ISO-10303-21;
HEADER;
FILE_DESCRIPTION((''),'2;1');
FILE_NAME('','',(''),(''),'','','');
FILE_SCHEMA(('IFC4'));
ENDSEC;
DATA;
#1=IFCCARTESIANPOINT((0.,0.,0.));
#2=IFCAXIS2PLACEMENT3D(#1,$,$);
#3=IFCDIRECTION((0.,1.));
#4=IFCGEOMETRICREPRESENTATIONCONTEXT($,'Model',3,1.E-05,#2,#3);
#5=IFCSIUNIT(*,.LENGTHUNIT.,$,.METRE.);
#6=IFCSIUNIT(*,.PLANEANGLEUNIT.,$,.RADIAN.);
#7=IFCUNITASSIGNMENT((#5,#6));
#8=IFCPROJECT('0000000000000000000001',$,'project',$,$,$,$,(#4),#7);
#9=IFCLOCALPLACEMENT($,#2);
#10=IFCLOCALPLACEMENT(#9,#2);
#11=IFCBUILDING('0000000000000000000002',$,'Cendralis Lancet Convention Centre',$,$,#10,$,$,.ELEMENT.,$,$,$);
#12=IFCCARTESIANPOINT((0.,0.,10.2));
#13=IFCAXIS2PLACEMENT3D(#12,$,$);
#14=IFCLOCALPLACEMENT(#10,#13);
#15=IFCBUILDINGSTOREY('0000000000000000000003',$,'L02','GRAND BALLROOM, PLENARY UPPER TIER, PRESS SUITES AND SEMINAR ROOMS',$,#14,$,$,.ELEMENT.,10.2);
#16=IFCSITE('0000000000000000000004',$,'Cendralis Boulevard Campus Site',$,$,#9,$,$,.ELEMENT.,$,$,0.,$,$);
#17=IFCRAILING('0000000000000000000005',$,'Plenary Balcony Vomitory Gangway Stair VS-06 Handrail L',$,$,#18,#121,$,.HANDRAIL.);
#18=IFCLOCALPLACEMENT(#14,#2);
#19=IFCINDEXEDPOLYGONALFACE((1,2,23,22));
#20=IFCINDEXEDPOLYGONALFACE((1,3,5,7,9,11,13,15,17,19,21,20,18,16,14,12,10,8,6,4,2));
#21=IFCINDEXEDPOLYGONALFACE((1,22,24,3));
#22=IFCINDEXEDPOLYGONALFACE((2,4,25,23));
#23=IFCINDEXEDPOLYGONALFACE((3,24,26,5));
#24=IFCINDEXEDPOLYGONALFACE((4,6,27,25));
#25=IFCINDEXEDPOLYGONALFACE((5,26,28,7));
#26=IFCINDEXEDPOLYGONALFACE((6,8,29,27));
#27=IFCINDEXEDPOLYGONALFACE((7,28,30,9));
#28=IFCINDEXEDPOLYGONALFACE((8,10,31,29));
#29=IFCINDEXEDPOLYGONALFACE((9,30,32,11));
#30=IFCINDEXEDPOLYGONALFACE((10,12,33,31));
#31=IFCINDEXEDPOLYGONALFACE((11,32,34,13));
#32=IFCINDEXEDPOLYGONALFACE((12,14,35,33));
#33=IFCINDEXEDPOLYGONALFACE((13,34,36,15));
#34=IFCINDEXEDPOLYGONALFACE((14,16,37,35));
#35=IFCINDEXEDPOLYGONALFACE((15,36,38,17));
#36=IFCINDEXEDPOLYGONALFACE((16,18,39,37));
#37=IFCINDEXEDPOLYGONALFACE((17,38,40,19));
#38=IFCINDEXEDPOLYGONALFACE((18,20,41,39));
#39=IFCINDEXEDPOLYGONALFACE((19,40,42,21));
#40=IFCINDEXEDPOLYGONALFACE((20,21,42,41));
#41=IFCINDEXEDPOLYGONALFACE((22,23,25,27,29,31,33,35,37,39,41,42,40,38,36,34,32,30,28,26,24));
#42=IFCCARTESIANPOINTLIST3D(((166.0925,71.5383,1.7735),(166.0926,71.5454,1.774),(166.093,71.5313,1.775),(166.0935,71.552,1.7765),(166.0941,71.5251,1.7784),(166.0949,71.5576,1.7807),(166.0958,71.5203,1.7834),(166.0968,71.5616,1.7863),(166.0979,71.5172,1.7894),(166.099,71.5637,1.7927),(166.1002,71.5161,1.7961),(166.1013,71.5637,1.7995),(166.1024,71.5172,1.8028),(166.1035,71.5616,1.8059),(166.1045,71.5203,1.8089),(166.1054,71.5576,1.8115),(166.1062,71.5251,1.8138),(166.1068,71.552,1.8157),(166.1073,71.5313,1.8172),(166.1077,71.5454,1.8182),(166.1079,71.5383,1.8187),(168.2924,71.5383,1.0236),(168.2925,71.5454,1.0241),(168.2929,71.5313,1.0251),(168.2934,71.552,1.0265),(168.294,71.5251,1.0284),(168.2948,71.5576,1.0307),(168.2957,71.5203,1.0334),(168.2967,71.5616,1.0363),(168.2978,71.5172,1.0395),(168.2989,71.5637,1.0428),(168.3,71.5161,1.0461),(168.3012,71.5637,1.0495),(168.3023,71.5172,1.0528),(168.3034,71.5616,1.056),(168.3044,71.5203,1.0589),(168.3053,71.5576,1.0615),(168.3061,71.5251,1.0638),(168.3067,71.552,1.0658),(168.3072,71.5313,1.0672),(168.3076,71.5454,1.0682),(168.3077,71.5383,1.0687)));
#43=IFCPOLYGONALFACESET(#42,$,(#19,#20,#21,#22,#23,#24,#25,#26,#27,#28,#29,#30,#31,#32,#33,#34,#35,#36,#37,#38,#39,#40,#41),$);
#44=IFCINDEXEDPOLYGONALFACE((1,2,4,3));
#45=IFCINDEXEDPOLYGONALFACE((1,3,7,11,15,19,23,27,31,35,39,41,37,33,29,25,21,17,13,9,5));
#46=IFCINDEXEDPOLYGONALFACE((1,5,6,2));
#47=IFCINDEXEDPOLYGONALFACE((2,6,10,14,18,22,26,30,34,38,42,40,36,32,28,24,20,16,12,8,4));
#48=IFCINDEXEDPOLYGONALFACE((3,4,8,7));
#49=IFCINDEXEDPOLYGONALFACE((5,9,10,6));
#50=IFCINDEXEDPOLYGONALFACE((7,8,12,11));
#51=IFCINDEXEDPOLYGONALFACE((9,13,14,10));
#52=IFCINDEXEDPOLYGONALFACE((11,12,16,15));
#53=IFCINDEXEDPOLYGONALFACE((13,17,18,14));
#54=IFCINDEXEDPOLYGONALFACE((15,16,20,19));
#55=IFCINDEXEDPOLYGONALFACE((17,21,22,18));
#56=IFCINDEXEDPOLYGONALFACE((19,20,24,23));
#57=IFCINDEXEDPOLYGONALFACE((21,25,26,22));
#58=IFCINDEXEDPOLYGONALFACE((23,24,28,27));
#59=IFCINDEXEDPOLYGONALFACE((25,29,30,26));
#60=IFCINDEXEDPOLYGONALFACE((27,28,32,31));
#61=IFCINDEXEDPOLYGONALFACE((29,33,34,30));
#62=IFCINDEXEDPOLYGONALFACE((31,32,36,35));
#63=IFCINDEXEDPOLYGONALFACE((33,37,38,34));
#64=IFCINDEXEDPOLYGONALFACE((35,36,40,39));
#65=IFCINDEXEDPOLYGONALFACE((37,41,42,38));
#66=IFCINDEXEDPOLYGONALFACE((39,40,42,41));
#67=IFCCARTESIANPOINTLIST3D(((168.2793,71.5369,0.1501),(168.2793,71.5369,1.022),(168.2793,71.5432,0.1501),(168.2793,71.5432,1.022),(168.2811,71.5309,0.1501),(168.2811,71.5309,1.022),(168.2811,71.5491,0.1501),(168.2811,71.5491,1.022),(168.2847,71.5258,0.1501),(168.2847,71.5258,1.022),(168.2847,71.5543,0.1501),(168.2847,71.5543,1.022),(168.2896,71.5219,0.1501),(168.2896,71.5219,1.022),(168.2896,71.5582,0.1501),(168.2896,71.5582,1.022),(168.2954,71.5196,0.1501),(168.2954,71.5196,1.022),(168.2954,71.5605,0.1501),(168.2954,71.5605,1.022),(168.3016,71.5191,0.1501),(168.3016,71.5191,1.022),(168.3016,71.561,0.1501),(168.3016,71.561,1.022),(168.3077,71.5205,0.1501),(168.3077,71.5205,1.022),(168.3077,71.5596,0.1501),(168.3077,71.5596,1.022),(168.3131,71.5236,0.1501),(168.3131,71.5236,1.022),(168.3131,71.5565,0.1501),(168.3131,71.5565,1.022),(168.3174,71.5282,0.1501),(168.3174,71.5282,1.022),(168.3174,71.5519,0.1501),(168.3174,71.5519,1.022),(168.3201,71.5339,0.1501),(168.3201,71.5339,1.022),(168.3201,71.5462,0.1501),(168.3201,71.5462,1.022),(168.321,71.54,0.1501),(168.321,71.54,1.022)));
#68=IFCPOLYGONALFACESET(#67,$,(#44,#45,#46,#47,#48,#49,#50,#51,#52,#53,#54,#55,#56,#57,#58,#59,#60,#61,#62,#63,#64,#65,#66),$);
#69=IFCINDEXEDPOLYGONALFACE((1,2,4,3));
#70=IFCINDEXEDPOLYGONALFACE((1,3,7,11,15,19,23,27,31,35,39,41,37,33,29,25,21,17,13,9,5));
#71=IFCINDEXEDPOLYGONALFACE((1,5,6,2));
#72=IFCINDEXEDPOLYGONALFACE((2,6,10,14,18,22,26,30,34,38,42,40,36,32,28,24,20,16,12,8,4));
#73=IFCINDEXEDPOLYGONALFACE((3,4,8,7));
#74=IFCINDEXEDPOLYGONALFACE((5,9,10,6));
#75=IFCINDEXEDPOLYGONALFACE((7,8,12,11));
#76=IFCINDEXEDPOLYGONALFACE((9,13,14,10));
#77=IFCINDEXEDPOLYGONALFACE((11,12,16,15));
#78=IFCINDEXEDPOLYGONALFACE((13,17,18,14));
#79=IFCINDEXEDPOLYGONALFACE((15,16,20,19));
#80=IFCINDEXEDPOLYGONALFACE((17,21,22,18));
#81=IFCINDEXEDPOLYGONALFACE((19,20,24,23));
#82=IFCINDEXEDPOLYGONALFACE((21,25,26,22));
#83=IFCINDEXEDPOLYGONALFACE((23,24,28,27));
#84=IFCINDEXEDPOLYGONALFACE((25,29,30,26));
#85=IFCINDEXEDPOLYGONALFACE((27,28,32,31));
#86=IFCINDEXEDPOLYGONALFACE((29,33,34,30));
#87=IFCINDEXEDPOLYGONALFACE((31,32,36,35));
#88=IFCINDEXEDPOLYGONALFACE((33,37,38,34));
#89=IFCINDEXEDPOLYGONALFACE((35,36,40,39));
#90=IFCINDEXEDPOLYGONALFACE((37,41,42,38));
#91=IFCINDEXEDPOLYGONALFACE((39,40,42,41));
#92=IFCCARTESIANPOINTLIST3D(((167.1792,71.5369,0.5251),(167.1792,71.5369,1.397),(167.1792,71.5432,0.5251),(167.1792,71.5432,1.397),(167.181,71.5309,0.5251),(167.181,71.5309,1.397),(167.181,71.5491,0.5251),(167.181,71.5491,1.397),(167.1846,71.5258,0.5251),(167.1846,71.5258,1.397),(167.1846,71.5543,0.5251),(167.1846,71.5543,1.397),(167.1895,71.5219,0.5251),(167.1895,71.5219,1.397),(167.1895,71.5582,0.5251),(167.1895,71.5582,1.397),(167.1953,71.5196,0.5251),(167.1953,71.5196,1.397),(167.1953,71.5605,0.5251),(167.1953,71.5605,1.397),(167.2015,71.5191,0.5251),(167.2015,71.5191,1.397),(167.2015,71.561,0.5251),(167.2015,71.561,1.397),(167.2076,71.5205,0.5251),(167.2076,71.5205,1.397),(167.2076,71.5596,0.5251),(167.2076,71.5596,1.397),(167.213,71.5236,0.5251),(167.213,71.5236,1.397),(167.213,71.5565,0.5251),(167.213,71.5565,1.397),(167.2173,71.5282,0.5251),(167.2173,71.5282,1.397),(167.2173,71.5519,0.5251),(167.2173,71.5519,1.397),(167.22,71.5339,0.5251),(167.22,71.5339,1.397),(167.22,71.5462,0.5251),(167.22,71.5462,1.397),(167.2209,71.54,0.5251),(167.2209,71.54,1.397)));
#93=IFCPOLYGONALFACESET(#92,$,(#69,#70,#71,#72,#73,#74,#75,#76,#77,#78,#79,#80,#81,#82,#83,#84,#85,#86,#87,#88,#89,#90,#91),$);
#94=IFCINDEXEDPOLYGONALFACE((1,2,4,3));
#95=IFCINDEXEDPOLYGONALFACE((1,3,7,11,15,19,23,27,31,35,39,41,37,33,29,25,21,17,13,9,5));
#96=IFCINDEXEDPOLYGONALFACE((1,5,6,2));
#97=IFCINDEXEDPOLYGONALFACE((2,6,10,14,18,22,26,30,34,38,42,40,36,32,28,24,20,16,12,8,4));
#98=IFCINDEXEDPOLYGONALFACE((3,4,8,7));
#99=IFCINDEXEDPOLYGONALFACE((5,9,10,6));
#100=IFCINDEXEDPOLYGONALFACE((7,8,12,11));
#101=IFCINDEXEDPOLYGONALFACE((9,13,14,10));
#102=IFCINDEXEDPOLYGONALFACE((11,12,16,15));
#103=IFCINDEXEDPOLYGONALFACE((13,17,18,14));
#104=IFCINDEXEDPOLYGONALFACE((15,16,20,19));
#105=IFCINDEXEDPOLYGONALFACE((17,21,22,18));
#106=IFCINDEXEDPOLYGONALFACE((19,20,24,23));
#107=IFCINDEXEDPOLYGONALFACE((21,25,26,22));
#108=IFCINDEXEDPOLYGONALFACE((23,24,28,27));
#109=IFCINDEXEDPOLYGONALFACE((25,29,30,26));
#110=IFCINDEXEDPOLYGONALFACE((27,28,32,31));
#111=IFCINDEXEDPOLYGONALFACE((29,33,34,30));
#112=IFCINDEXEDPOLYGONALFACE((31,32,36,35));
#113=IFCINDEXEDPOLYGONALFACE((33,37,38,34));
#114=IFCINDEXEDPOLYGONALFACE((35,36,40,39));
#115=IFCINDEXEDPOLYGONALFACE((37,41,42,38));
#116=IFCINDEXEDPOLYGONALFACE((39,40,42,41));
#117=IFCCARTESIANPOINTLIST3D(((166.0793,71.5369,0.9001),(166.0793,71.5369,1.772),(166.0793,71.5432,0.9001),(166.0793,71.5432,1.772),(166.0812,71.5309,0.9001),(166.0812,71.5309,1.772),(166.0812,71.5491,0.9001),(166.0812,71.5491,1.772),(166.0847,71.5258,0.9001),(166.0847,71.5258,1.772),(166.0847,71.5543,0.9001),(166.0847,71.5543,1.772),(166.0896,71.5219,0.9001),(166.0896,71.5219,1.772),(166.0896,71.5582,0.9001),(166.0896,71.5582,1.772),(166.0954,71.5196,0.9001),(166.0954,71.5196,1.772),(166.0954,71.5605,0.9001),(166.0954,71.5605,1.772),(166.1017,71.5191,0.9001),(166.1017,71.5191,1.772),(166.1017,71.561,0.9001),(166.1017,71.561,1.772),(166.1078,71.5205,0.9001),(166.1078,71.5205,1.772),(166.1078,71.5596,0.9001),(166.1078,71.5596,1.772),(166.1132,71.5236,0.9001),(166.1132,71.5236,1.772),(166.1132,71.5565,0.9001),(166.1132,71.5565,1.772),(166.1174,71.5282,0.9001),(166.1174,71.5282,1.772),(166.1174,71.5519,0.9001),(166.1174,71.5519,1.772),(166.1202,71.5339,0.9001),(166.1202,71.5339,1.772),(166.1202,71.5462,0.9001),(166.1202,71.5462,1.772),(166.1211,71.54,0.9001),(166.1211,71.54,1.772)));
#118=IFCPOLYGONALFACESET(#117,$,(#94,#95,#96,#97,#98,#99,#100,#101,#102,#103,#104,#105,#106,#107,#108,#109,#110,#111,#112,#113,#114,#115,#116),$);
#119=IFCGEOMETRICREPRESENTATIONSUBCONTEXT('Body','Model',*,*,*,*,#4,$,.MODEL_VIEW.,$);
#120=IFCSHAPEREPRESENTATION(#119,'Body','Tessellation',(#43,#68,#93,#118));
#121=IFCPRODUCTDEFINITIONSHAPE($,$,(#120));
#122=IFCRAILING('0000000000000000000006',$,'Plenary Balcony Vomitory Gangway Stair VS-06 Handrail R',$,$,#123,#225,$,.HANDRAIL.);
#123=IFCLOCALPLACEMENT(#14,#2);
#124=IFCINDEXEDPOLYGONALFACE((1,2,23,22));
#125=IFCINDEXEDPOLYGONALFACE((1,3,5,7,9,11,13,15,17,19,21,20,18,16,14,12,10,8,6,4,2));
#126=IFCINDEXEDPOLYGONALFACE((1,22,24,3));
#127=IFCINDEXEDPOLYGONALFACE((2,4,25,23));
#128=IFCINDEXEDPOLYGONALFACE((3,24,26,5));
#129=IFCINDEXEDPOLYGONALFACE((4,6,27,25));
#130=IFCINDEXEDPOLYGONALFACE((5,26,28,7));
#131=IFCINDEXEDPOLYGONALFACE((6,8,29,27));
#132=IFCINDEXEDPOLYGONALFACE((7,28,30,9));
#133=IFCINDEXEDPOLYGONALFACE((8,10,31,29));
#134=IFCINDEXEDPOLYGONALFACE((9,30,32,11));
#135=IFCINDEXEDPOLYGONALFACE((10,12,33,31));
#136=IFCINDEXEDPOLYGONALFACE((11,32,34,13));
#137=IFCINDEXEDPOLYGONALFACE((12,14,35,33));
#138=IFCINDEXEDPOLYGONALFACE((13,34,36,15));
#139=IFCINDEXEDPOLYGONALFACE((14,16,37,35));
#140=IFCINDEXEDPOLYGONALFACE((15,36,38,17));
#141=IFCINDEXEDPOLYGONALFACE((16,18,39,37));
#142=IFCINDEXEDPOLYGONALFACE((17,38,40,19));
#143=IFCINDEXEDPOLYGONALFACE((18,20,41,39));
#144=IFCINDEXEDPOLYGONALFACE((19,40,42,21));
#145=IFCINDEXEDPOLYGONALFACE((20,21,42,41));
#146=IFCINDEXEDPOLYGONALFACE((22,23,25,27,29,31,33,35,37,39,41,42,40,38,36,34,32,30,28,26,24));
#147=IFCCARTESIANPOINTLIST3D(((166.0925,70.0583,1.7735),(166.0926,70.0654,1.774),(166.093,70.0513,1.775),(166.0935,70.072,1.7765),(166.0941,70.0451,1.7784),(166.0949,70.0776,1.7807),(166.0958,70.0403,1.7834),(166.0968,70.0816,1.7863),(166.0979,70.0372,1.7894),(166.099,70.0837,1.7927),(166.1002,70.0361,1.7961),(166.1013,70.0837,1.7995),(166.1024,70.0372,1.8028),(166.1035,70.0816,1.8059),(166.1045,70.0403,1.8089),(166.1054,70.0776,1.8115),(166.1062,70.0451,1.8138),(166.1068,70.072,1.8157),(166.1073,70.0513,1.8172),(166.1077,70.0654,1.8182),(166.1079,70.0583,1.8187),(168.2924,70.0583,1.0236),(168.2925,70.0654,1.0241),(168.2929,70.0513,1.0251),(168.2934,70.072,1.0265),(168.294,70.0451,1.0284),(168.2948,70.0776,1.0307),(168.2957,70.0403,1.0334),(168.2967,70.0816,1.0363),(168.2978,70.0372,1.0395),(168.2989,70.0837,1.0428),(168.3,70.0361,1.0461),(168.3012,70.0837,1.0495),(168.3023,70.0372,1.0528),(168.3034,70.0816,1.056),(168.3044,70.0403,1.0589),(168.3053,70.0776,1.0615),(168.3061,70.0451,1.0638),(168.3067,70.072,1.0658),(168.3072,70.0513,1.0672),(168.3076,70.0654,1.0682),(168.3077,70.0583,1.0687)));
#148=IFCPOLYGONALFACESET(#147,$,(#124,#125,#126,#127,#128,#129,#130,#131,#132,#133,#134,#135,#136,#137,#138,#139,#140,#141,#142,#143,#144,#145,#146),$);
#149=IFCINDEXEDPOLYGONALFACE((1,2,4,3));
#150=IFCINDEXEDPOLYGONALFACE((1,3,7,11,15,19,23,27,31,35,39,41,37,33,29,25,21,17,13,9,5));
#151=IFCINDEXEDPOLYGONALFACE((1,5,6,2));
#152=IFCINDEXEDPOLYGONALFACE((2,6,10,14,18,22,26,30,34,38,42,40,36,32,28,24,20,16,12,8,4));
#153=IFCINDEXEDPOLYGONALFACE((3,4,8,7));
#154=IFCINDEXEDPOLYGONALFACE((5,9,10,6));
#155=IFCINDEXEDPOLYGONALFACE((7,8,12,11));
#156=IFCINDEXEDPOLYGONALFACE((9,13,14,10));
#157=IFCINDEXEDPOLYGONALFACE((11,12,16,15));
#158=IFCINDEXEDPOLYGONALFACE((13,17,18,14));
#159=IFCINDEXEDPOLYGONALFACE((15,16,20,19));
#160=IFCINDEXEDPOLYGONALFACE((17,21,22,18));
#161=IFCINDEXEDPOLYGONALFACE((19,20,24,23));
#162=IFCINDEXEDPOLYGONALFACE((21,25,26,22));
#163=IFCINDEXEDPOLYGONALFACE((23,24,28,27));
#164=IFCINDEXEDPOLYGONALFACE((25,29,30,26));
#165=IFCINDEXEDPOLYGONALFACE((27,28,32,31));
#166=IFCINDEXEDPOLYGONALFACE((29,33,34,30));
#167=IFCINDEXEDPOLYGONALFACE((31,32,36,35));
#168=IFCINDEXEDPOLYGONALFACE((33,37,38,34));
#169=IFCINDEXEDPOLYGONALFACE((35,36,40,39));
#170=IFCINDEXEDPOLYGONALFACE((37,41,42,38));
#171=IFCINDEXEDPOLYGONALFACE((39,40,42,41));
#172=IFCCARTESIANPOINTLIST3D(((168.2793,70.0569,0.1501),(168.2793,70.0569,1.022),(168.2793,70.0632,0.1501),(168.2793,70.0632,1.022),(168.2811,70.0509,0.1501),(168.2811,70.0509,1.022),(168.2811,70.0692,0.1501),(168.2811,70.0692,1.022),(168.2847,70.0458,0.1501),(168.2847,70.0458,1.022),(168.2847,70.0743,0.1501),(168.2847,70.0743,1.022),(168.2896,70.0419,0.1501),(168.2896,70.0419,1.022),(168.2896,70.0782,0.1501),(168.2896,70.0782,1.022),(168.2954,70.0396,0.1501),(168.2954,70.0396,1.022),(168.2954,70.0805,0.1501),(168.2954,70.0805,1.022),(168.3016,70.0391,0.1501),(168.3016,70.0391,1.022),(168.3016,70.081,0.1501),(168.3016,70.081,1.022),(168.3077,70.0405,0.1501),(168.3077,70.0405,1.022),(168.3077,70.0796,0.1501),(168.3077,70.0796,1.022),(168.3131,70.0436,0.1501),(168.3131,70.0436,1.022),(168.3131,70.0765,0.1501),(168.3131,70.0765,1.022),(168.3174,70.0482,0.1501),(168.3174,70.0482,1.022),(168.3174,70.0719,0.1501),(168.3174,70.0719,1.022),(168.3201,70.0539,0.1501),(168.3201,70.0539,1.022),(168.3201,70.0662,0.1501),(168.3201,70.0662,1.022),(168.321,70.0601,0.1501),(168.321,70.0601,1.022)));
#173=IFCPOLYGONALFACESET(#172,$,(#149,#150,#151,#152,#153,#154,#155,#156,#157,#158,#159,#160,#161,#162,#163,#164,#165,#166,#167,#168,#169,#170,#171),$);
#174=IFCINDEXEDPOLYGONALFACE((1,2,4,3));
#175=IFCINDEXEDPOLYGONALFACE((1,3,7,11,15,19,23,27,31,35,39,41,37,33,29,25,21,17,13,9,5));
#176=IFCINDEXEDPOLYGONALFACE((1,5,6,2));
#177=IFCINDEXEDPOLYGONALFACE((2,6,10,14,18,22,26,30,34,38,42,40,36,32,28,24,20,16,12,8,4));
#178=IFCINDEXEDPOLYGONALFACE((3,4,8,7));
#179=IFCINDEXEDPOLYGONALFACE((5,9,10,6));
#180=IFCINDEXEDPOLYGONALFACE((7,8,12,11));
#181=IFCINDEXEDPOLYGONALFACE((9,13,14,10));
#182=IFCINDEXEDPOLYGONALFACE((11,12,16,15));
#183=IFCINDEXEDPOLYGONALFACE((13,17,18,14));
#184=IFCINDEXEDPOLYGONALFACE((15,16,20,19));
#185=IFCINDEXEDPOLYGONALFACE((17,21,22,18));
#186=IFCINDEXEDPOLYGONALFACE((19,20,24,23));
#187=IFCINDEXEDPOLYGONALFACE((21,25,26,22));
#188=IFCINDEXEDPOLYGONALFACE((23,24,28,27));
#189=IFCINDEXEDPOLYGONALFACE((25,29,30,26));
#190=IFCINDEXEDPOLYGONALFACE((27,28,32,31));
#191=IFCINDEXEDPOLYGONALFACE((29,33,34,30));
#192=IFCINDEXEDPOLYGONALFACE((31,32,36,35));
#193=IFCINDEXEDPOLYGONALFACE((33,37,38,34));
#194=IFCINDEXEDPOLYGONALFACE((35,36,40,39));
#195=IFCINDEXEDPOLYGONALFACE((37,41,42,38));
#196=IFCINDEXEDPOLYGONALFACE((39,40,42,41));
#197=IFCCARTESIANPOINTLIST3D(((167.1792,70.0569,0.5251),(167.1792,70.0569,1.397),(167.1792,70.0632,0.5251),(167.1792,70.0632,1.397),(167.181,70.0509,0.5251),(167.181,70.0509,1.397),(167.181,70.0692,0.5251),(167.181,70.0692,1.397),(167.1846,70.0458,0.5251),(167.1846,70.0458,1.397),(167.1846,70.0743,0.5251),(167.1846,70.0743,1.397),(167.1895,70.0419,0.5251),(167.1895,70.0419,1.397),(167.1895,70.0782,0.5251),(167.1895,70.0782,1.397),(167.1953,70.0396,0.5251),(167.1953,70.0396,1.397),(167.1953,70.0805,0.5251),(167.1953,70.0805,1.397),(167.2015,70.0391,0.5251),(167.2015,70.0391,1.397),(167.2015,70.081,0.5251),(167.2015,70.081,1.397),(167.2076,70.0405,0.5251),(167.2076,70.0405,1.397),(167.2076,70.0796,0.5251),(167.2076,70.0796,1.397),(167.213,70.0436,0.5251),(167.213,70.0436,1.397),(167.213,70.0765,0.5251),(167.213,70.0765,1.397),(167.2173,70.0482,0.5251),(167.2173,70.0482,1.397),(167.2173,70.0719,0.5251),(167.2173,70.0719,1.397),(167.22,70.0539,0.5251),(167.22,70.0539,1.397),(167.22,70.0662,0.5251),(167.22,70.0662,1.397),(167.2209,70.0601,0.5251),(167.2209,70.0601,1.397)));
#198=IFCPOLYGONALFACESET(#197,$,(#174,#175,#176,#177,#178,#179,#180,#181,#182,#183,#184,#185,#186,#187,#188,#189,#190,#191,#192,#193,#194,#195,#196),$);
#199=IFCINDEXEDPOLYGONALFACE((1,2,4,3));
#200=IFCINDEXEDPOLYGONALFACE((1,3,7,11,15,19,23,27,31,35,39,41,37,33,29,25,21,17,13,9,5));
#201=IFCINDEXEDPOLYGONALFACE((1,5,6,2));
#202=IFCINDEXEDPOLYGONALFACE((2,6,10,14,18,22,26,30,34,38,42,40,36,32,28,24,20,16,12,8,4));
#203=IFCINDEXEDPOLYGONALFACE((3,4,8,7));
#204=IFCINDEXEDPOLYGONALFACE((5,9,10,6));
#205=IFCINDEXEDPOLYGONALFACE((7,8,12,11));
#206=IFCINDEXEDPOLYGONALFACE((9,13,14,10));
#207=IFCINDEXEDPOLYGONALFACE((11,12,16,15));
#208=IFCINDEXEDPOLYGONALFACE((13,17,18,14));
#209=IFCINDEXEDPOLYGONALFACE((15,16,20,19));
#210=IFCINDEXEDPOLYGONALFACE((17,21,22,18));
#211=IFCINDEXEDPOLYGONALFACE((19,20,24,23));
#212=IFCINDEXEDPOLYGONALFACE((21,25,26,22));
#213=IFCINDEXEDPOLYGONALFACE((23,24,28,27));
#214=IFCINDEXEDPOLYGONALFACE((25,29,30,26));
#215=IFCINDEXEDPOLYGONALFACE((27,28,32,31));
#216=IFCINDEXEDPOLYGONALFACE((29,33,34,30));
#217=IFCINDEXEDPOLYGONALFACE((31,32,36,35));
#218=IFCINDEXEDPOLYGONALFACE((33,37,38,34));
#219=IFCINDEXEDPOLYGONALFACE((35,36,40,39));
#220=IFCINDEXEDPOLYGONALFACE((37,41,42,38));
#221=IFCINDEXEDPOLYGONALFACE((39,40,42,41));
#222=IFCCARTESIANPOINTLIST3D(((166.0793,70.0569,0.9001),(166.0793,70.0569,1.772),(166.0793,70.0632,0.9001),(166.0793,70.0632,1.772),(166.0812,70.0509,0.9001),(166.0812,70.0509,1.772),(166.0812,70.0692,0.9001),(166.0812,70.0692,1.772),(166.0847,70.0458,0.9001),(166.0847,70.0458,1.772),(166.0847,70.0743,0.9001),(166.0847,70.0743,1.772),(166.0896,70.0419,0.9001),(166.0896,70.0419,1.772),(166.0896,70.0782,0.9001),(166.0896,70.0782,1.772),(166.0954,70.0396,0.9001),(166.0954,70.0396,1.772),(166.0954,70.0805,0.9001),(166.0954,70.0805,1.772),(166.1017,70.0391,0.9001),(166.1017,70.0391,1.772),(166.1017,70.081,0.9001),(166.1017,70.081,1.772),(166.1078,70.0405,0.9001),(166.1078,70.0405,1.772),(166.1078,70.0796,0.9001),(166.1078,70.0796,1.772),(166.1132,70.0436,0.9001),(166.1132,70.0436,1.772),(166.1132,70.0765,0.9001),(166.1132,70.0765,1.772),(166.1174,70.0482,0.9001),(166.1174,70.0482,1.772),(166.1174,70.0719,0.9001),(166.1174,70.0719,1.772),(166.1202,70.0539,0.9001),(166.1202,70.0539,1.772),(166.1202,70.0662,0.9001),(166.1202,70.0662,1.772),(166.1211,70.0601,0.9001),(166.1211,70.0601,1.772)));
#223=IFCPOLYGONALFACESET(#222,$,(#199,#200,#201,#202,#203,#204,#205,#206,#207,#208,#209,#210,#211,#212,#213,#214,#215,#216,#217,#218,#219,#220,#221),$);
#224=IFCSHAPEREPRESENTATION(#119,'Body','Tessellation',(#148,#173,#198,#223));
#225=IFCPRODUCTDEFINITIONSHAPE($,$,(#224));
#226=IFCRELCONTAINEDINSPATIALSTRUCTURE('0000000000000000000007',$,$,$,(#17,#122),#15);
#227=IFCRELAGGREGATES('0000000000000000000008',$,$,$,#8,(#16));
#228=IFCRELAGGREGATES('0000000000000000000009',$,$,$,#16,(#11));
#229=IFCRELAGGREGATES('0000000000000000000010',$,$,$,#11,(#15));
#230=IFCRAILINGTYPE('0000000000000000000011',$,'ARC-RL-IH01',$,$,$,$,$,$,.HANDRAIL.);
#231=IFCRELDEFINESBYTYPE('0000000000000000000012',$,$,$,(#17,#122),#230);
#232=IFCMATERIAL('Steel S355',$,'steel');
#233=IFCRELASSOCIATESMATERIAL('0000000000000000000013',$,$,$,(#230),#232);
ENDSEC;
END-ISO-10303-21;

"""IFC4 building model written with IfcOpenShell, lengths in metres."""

from ifc_helpers import new_model, si_unit, direction, frame, origin, origin_2d, place, context, subcontext, project, spatial, circle, extrude, material, type_object, element, save


model = new_model("IFC4")

# Units and contexts
model_context = context("Model", 3, precision=1e-05, world=origin(), true_north=direction((0.0, 1.0)))
body_context = subcontext(model_context, "Body", "Model", "MODEL_VIEW")
ifc_project = project(units=[si_unit("LENGTHUNIT", "METRE"), si_unit("PLANEANGLEUNIT", "RADIAN")], contexts=[model_context])

# Site, building, storey
site_placement = place(None, origin())
site = spatial("IfcSite", under=ifc_project, at=site_placement, Name="Cendralis Boulevard Campus Site", CompositionType="ELEMENT", RefElevation=0.0)
building_placement = place(site_placement, origin())
building = spatial("IfcBuilding", under=site, at=building_placement, Name="Cendralis Lancet Convention Centre", CompositionType="ELEMENT")
storey_placement = place(building_placement, frame((0.0, 0.0, 10.2)))
storey = spatial("IfcBuildingStorey", under=building, at=storey_placement, Name="L02", Description="GRAND BALLROOM, PLENARY UPPER TIER, PRESS SUITES AND SEMINAR ROOMS", CompositionType="ELEMENT", Elevation=10.2)

# Shared definitions
ifc_material_1 = material(Name="Steel S355", Category="steel")

# Railings
railing_type_1 = type_object("IfcRailingType", Name="ARC-RL-IH01", PredefinedType="HANDRAIL", material=ifc_material_1)
for number, where, name in (
    (1, (168.3, 71.54, 0.1501), "Plenary Balcony Vomitory Gangway Stair VS-06 Handrail L"),
    (2, (168.3, 70.0601, 0.1501), "Plenary Balcony Vomitory Gangway Stair VS-06 Handrail R"),
):
    element("IfcRailing", number, at=place(storey_placement, frame(where)), inside=storey, type_object=railing_type_1, Name=name, PredefinedType="HANDRAIL", context=body_context, shape_type="SweptSolid", body=[
        extrude(circle(Radius=0.0239, at=origin_2d()), frame((0.0, 0.0, 0.896), z_axis=(-0.946508, 0.0, 0.32268), x_axis=(0.0, -1.0, 0.0)), (0.0, 0.0, 1.0), 2.3242),
        extrude(circle(Radius=0.021, at=origin_2d()), origin(), (0.0, 0.0, 1.0), 0.8718),
        extrude(circle(Radius=0.021, at=origin_2d()), frame((-1.1001, 0.0, 0.375)), (0.0, 0.0, 1.0), 0.8718),
        extrude(circle(Radius=0.021, at=origin_2d()), frame((-2.2, 0.0, 0.75)), (0.0, 0.0, 1.0), 0.8718),
    ])

save(model, "model.ifc")
